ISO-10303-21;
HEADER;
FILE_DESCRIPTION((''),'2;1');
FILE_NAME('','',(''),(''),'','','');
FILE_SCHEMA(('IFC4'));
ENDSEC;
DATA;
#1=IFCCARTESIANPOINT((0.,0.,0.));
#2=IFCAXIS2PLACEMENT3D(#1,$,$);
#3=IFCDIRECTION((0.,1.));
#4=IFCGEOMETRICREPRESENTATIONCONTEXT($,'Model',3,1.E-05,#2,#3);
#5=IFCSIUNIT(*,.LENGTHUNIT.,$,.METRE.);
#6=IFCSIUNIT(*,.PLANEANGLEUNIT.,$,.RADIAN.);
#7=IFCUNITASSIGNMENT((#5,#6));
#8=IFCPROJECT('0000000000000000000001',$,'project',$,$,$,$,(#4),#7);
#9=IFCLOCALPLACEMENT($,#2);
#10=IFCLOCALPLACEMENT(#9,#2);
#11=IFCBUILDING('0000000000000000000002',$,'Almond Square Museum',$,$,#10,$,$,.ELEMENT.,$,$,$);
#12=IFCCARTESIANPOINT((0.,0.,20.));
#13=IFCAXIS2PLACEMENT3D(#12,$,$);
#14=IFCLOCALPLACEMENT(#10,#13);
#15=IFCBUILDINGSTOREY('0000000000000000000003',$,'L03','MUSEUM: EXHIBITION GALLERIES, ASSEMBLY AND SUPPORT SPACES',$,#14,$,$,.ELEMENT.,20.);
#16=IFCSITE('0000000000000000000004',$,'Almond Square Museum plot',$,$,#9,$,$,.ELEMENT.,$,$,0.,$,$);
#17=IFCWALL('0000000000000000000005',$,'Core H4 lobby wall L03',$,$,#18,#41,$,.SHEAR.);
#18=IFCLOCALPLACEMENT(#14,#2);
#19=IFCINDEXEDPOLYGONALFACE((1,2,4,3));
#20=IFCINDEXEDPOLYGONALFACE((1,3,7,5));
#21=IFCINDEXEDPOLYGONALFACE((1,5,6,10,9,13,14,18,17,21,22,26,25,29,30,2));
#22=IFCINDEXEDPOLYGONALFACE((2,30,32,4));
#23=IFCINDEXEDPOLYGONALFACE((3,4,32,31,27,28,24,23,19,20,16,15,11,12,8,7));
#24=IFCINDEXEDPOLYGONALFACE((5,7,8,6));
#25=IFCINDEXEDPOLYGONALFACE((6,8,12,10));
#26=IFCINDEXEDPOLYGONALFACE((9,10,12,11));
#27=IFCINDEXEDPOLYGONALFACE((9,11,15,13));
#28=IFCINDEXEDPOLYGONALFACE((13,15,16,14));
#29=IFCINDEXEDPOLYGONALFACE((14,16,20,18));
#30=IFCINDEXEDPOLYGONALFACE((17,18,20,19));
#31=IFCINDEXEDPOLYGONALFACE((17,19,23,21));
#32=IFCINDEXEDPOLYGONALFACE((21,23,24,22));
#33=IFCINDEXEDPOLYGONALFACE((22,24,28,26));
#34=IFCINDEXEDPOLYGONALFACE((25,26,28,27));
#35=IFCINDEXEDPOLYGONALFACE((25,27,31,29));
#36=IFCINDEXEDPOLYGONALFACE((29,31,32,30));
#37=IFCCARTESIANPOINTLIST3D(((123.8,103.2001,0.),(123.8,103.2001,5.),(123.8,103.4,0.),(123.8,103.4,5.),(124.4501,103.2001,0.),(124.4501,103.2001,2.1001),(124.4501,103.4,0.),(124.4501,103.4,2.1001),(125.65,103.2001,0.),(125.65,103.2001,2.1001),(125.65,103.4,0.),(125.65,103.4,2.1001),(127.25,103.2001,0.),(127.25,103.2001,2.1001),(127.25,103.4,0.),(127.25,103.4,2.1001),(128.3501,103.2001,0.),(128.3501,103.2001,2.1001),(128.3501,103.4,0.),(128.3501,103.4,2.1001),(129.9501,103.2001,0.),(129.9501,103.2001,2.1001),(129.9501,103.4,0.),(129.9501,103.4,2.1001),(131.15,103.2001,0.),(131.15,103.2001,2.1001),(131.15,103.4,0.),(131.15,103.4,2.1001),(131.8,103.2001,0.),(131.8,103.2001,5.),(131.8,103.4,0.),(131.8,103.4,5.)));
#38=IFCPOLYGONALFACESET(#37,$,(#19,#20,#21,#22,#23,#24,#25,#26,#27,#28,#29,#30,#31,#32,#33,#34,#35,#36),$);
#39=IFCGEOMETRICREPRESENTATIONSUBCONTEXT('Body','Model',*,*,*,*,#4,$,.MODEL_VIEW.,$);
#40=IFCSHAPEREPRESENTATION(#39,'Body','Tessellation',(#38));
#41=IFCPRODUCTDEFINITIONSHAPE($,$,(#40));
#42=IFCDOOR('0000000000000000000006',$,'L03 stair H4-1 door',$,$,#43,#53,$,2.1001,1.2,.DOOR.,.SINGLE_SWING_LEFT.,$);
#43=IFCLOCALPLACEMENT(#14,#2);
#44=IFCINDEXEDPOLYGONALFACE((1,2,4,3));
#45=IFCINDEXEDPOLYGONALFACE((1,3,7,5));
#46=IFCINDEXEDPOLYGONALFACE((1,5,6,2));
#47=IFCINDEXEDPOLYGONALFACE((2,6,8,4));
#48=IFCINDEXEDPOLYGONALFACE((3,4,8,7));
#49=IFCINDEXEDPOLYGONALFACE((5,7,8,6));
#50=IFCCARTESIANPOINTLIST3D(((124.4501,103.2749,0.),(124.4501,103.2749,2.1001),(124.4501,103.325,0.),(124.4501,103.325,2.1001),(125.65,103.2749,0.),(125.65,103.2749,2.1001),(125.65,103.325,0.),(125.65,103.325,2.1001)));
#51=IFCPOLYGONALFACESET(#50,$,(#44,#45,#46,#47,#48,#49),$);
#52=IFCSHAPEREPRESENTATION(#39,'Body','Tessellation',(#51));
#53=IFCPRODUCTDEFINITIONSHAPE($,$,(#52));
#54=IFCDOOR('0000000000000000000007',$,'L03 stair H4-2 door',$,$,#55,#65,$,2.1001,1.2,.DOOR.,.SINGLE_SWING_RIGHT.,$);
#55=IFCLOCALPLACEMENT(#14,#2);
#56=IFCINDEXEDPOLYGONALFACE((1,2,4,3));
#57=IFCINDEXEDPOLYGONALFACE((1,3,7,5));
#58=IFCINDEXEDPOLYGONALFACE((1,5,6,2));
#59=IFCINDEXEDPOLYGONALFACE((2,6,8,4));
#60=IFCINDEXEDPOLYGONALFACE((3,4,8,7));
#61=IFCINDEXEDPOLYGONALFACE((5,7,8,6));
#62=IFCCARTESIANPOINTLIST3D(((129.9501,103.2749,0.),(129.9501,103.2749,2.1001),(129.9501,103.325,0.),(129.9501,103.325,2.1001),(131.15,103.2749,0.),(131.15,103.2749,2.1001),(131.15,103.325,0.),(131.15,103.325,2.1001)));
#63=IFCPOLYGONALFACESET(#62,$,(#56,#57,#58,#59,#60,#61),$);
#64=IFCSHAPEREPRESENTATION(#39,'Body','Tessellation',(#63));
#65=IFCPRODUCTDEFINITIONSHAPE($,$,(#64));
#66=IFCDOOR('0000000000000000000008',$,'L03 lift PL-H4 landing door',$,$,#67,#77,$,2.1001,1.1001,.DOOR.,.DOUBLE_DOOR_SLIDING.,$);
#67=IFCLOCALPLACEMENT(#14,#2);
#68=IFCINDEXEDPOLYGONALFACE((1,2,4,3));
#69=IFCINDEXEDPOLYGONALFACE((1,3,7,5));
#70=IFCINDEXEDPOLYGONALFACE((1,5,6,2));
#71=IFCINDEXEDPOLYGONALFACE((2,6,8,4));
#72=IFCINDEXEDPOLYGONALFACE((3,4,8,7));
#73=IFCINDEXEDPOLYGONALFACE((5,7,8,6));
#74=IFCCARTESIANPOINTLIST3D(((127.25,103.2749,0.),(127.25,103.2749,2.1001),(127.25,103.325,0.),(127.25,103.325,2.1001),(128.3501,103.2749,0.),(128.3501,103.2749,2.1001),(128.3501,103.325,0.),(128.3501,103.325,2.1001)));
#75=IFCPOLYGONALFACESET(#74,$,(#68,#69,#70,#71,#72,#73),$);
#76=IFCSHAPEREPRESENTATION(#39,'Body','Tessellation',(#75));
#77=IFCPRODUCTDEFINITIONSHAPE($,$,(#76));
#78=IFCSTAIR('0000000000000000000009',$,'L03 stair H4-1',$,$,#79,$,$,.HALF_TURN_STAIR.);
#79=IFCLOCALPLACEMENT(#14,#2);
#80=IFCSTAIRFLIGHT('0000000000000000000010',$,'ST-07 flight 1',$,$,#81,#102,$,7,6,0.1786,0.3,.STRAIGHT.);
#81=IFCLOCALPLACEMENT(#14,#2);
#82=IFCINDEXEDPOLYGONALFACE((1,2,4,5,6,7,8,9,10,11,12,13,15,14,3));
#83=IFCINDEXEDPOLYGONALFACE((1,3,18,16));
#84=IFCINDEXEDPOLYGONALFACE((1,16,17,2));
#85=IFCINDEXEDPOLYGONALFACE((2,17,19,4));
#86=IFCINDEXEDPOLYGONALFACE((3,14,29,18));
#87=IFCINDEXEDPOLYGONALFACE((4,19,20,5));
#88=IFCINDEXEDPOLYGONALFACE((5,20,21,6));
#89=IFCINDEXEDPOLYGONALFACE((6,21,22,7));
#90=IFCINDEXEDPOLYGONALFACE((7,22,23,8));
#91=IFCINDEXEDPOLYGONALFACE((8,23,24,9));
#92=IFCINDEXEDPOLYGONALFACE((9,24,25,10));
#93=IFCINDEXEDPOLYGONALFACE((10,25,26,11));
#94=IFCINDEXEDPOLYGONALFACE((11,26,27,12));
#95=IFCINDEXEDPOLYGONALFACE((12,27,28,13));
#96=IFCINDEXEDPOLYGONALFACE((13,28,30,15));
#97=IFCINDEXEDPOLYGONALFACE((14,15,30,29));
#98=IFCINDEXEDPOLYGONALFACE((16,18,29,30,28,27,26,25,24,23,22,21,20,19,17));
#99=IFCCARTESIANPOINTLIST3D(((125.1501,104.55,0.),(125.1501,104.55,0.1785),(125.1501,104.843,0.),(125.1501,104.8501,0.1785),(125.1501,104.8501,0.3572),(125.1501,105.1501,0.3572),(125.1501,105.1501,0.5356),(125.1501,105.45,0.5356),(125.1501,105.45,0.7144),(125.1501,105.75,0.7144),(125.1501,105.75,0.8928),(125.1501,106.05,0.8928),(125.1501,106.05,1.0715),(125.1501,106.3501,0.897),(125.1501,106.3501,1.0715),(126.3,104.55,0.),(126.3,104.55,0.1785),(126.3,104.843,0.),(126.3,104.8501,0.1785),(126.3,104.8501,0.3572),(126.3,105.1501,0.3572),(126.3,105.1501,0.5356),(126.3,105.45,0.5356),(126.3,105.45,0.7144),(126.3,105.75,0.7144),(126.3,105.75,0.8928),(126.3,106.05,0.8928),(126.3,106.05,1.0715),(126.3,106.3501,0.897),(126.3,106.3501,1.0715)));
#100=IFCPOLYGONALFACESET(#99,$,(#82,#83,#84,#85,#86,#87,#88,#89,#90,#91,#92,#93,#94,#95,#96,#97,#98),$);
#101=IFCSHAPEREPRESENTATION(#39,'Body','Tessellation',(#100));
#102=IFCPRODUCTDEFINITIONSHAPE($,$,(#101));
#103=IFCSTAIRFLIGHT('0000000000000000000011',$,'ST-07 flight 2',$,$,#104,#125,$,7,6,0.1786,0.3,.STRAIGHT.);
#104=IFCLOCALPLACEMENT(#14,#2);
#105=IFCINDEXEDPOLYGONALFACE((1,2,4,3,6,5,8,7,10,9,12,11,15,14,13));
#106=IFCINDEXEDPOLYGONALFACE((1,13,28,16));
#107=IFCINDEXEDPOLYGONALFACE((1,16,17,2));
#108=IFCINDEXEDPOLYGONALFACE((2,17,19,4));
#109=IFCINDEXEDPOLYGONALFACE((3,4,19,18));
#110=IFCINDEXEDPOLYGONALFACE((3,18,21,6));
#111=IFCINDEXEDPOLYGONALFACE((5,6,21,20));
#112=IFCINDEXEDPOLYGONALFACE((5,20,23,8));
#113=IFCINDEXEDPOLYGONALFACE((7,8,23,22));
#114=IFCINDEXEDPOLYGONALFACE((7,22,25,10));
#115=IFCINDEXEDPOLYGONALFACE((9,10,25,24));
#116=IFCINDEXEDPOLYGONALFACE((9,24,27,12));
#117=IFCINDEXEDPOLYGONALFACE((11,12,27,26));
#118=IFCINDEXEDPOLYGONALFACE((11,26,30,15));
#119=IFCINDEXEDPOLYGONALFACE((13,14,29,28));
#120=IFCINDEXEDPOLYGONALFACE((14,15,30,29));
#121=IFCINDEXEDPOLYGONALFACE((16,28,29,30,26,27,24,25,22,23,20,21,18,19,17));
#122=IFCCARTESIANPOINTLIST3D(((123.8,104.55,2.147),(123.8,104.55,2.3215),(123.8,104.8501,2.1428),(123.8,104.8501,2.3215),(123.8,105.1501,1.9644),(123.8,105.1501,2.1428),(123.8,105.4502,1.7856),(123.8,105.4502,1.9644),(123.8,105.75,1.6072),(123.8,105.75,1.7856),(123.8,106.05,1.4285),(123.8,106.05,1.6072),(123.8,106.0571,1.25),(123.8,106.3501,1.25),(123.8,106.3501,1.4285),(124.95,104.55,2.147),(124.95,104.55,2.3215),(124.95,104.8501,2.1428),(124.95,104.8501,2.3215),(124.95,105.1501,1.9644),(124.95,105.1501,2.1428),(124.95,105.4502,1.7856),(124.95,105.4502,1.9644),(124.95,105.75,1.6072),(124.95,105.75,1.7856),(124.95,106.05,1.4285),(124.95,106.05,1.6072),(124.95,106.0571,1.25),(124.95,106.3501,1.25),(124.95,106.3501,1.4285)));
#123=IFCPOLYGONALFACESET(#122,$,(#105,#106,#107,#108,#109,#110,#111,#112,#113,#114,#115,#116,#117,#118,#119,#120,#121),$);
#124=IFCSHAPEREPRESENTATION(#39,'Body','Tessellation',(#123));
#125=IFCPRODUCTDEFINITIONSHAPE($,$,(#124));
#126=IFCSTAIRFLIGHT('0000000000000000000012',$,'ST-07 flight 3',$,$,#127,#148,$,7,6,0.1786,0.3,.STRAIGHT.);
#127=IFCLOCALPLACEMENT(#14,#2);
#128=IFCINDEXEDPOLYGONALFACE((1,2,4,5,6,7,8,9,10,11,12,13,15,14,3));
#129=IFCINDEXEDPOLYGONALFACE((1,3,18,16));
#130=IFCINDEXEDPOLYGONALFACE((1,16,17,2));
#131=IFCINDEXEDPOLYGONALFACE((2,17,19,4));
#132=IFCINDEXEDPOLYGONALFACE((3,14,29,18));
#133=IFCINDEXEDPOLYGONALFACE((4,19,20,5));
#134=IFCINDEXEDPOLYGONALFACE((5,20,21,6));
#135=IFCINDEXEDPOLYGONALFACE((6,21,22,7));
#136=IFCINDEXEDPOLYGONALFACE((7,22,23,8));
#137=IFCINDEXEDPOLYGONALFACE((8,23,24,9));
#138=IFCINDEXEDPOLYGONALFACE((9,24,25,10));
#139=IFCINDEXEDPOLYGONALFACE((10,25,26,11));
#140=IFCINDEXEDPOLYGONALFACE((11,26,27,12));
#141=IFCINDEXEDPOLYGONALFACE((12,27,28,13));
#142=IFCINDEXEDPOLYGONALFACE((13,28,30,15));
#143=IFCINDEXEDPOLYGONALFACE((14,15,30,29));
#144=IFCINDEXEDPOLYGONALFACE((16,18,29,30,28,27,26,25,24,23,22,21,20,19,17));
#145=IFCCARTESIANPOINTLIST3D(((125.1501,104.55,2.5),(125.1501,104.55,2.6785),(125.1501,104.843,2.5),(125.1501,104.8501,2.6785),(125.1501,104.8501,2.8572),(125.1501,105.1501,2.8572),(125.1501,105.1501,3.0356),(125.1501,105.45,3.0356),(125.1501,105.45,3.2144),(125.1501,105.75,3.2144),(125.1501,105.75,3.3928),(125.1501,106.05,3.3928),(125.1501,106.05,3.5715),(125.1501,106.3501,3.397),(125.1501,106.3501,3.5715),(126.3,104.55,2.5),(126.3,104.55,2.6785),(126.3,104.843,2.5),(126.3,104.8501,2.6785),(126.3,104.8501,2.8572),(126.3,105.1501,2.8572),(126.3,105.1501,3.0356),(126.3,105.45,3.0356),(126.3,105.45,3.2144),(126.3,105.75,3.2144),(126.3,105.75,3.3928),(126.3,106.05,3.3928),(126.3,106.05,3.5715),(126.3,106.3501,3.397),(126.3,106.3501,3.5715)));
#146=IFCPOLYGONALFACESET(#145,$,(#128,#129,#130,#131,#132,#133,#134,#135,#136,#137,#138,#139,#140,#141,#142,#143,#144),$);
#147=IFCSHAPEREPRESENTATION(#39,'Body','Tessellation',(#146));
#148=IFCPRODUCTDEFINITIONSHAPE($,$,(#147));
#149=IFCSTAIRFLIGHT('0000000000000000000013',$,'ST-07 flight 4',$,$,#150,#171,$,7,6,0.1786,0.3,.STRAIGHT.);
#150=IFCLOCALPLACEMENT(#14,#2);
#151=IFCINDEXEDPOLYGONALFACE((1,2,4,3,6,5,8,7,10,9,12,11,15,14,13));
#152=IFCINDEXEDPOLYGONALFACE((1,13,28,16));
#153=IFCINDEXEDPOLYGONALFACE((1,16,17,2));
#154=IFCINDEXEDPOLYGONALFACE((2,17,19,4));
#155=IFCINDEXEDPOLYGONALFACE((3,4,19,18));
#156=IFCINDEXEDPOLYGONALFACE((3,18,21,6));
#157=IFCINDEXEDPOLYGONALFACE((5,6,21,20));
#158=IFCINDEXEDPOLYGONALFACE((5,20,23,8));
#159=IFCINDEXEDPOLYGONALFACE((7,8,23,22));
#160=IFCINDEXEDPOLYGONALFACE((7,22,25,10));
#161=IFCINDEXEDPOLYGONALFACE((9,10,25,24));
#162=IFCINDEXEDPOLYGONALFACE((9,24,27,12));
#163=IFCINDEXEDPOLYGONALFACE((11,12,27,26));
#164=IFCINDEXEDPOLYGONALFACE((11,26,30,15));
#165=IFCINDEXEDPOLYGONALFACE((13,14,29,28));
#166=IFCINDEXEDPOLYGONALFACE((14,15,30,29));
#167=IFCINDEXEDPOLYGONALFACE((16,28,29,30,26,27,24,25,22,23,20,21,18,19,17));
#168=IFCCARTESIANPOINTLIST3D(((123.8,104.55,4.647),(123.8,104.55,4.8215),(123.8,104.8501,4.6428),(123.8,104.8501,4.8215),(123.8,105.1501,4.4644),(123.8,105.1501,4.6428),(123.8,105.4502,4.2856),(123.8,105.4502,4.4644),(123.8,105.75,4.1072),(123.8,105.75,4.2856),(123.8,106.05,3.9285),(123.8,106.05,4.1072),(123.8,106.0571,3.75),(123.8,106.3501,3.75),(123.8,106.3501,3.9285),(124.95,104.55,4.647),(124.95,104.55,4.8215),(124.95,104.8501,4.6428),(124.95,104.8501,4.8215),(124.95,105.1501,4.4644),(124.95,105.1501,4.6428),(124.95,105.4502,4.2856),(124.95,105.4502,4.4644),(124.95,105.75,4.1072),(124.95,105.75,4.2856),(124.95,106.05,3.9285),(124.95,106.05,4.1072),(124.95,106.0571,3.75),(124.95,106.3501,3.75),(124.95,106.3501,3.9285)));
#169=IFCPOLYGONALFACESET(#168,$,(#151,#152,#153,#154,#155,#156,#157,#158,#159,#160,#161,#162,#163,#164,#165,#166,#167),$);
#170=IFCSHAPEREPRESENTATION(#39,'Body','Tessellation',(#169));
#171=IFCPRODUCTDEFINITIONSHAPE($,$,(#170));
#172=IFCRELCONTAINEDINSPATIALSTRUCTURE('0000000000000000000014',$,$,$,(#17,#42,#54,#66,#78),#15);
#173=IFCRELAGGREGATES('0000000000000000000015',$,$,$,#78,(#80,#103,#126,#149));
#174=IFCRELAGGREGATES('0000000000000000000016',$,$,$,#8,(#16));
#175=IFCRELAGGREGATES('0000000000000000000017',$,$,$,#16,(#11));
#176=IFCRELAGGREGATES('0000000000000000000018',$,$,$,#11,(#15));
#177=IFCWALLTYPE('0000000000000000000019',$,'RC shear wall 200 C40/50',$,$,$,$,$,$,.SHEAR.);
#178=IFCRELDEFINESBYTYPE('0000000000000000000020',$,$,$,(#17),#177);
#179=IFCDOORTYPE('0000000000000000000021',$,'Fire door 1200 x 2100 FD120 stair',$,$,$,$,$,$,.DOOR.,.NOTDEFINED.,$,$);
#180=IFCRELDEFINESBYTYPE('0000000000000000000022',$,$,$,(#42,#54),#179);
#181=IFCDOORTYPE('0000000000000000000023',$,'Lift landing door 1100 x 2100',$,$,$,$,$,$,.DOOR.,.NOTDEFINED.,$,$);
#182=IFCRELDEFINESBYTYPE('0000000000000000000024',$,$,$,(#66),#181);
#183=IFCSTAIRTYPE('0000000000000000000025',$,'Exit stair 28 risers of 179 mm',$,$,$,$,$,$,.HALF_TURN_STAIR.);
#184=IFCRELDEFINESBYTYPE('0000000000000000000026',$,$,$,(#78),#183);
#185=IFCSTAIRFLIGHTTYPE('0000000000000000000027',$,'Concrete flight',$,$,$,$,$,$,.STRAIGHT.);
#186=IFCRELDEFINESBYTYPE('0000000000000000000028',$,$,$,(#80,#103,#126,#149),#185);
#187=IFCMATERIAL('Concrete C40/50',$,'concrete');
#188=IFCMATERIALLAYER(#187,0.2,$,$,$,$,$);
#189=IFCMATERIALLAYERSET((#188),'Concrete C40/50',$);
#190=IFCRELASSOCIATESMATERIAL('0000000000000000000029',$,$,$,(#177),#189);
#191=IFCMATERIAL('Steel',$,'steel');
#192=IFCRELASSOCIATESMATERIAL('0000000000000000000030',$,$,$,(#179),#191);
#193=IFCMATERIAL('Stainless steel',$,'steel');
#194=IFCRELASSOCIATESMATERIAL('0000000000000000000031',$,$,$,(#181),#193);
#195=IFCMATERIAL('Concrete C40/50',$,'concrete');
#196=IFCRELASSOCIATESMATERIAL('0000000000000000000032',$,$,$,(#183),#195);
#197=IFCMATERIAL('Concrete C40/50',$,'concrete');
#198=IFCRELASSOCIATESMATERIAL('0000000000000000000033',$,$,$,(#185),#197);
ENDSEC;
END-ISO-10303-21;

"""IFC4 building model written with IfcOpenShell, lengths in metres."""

from ifc_helpers import new_model, si_unit, direction, frame, frame_2d, origin, place, context, subcontext, project, spatial, polyline, rectangle, outline, extrude, material, layer, layer_set, type_object, element, fill, aggregate, save


model = new_model("IFC4")

# Units and contexts
model_context = context("Model", 3, precision=1e-05, world=origin(), true_north=direction((0.0, 1.0)))
body_context = subcontext(model_context, "Body", "Model", "MODEL_VIEW")
ifc_project = project(units=[si_unit("LENGTHUNIT", "METRE"), si_unit("PLANEANGLEUNIT", "RADIAN")], contexts=[model_context])

# Site, building, storey
site_placement = place(None, origin())
site = spatial("IfcSite", under=ifc_project, at=site_placement, Name="Almond Square Museum plot", CompositionType="ELEMENT", RefElevation=0.0)
building_placement = place(site_placement, origin())
building = spatial("IfcBuilding", under=site, at=building_placement, Name="Almond Square Museum", CompositionType="ELEMENT")
storey_placement = place(building_placement, frame((0.0, 0.0, 20.0)))
storey = spatial("IfcBuildingStorey", under=building, at=storey_placement, Name="L03", Description="MUSEUM: EXHIBITION GALLERIES, ASSEMBLY AND SUPPORT SPACES", CompositionType="ELEMENT", Elevation=20.0)

# Shared definitions
ifc_material_1 = material(Name="Concrete C40/50", Category="concrete")
ifc_layer = layer(ifc_material_1, 0.2)
ifc_layer_set = layer_set([ifc_layer], Name="Concrete C40/50")
wall_type = type_object("IfcWallType", Name="RC shear wall 200 C40/50", PredefinedType="SHEAR", material=ifc_layer_set)

# Wall, openings, doors
wall_1_placement = place(storey_placement, frame((123.8, 103.3, 0.0), z_axis=(0.0, 0.0, 1.0), x_axis=(1.0, 0.0, 0.0)))
wall_1 = element("IfcWall", 1, at=wall_1_placement, inside=storey, type_object=wall_type, Name="Core H4 lobby wall L03", PredefinedType="SHEAR", context=body_context, shape_type="SweptSolid", body=[
    extrude(rectangle(XDim=8.0, YDim=0.2, at=frame_2d((4.0, 0.0))), origin(), (0.0, 0.0, 1.0), 5.0),
])
opening_1_placement = place(wall_1_placement, frame((0.6499, 0.0, 0.0)))
opening_1 = element("IfcOpeningElement", 2, at=opening_1_placement, cuts=wall_1, PredefinedType="OPENING", context=body_context, shape_type="SweptSolid", body=[
    extrude(rectangle(XDim=1.2, YDim=2.1001, at=frame_2d((0.6001, 1.05))), frame((0.0, 0.1099, 0.0), z_axis=(0.0, -1.0, 0.0), x_axis=(1.0, 0.0, 0.0)), (0.0, 0.0, 1.0), 0.22),
])
opening_2_placement = place(wall_1_placement, frame((6.1499, 0.0, 0.0)))
opening_2 = element("IfcOpeningElement", 3, at=opening_2_placement, cuts=wall_1, PredefinedType="OPENING", context=body_context, shape_type="SweptSolid", body=[
    extrude(rectangle(XDim=1.2, YDim=2.1001, at=frame_2d((0.6001, 1.05))), frame((0.0, 0.1099, 0.0), z_axis=(0.0, -1.0, 0.0), x_axis=(1.0, 0.0, 0.0)), (0.0, 0.0, 1.0), 0.22),
])
opening_3_placement = place(wall_1_placement, frame((3.45, 0.0, 0.0)))
opening_3 = element("IfcOpeningElement", 4, at=opening_3_placement, cuts=wall_1, PredefinedType="OPENING", context=body_context, shape_type="SweptSolid", body=[
    extrude(rectangle(XDim=1.1001, YDim=2.1001, at=frame_2d((0.55, 1.05))), frame((0.0, 0.1099, 0.0), z_axis=(0.0, -1.0, 0.0), x_axis=(1.0, 0.0, 0.0)), (0.0, 0.0, 1.0), 0.22),
])
ifc_material_2 = material(Name="Steel", Category="steel")
door_type_1 = type_object("IfcDoorType", Name="Fire door 1200 x 2100 FD120 stair", OperationType="NOTDEFINED", PredefinedType="DOOR", material=ifc_material_2)
door_1_placement = place(opening_1_placement, origin())
door_1 = element("IfcDoor", 5, at=door_1_placement, inside=storey, type_object=door_type_1, Name="L03 stair H4-1 door", OperationType="SINGLE_SWING_LEFT", OverallHeight=2.1001, OverallWidth=1.2, PredefinedType="DOOR", context=body_context, shape_type="SweptSolid", body=[
    extrude(rectangle(XDim=1.2, YDim=2.1001, at=frame_2d((0.6001, 1.05))), frame((0.0, 0.0249, 0.0), z_axis=(0.0, -1.0, 0.0), x_axis=(1.0, 0.0, 0.0)), (0.0, 0.0, 1.0), 0.05),
])
fill(opening_1, door_1)
door_2_placement = place(opening_2_placement, origin())
door_2 = element("IfcDoor", 6, at=door_2_placement, inside=storey, type_object=door_type_1, Name="L03 stair H4-2 door", OperationType="SINGLE_SWING_RIGHT", OverallHeight=2.1001, OverallWidth=1.2, PredefinedType="DOOR", context=body_context, shape_type="SweptSolid", body=[
    extrude(rectangle(XDim=1.2, YDim=2.1001, at=frame_2d((0.6001, 1.05))), frame((0.0, 0.0249, 0.0), z_axis=(0.0, -1.0, 0.0), x_axis=(1.0, 0.0, 0.0)), (0.0, 0.0, 1.0), 0.05),
])
fill(opening_2, door_2)
ifc_material_3 = material(Name="Stainless steel", Category="steel")
door_type_2 = type_object("IfcDoorType", Name="Lift landing door 1100 x 2100", OperationType="NOTDEFINED", PredefinedType="DOOR", material=ifc_material_3)
door_3_placement = place(opening_3_placement, origin())
door_3 = element("IfcDoor", 7, at=door_3_placement, inside=storey, type_object=door_type_2, Name="L03 lift PL-H4 landing door", OperationType="DOUBLE_DOOR_SLIDING", OverallHeight=2.1001, OverallWidth=1.1001, PredefinedType="DOOR", context=body_context, shape_type="SweptSolid", body=[
    extrude(rectangle(XDim=1.1001, YDim=2.1001, at=frame_2d((0.55, 1.05))), frame((0.0, 0.0249, 0.0), z_axis=(0.0, -1.0, 0.0), x_axis=(1.0, 0.0, 0.0)), (0.0, 0.0, 1.0), 0.05),
])
fill(opening_3, door_3)

# Stair, stair flights
ifc_material_4 = material(Name="Concrete C40/50", Category="concrete")
stair_type = type_object("IfcStairType", Name="Exit stair 28 risers of 179 mm", PredefinedType="HALF_TURN_STAIR", material=ifc_material_4)
stair_placement = place(storey_placement, origin())
stair = element("IfcStair", 8, at=stair_placement, inside=storey, type_object=stair_type, Name="L03 stair H4-1", PredefinedType="HALF_TURN_STAIR")
ifc_material_5 = material(Name="Concrete C40/50", Category="concrete")
stair_flight_type = type_object("IfcStairFlightType", Name="Concrete flight", PredefinedType="STRAIGHT", material=ifc_material_5)
stair_flight_1_placement = place(storey_placement, frame((125.7251, 104.55, 0.0), z_axis=(0.0, 0.0, 1.0), x_axis=(0.0, 1.0, 0.0)))
stair_flight_1 = element("IfcStairFlight", 9, at=stair_flight_1_placement, type_object=stair_flight_type, Name="ST-07 flight 1", NumberOfRisers=7, NumberOfTreads=6, PredefinedType="STRAIGHT", RiserHeight=0.1786, TreadLength=0.3, context=body_context, shape_type="SweptSolid", body=[
    extrude(outline(polyline([(0.0, 0.0), (0.0, 0.1785), (0.3, 0.1785), (0.3, 0.3572), (0.6001, 0.3572), (0.6001, 0.5356), (0.8999, 0.5356), (0.8999, 0.7144), (1.2, 0.7144), (1.2, 0.8928), (1.5, 0.8928), (1.5, 1.0715), (1.8, 1.0715), (1.8, 1.25), (1.8, 0.897), (0.293, 0.0), (0.0, 0.0)])), frame((0.0, 0.575, 0.0), z_axis=(0.0, -1.0, 0.0), x_axis=(1.0, 0.0, 0.0)), (0.0, 0.0, 1.0), 1.1499),
])
stair_flight_2_placement = place(storey_placement, frame((124.375, 106.3501, 1.25), z_axis=(0.0, 0.0, 1.0), x_axis=(0.0, -1.0, 0.0)))
stair_flight_2 = element("IfcStairFlight", 10, at=stair_flight_2_placement, type_object=stair_flight_type, Name="ST-07 flight 2", NumberOfRisers=7, NumberOfTreads=6, PredefinedType="STRAIGHT", RiserHeight=0.1786, TreadLength=0.3, context=body_context, shape_type="SweptSolid", body=[
    extrude(outline(polyline([(0.0, 0.0), (0.0, 0.1785), (0.3, 0.1785), (0.3, 0.3572), (0.6001, 0.3572), (0.6001, 0.5356), (0.8999, 0.5356), (0.8999, 0.7144), (1.2, 0.7144), (1.2, 0.8928), (1.5, 0.8928), (1.5, 1.0715), (1.8, 1.0715), (1.8, 1.25), (1.8, 0.897), (0.293, 0.0), (0.0, 0.0)])), frame((0.0, 0.575, 0.0), z_axis=(0.0, -1.0, 0.0), x_axis=(1.0, 0.0, 0.0)), (0.0, 0.0, 1.0), 1.1499),
])
stair_flight_3_placement = place(storey_placement, frame((125.7251, 104.55, 2.5), z_axis=(0.0, 0.0, 1.0), x_axis=(0.0, 1.0, 0.0)))
stair_flight_3 = element("IfcStairFlight", 11, at=stair_flight_3_placement, type_object=stair_flight_type, Name="ST-07 flight 3", NumberOfRisers=7, NumberOfTreads=6, PredefinedType="STRAIGHT", RiserHeight=0.1786, TreadLength=0.3, context=body_context, shape_type="SweptSolid", body=[
    extrude(outline(polyline([(0.0, 0.0), (0.0, 0.1785), (0.3, 0.1785), (0.3, 0.3572), (0.6001, 0.3572), (0.6001, 0.5356), (0.8999, 0.5356), (0.8999, 0.7144), (1.2, 0.7144), (1.2, 0.8928), (1.5, 0.8928), (1.5, 1.0715), (1.8, 1.0715), (1.8, 1.25), (1.8, 0.897), (0.293, 0.0), (0.0, 0.0)])), frame((0.0, 0.575, 0.0), z_axis=(0.0, -1.0, 0.0), x_axis=(1.0, 0.0, 0.0)), (0.0, 0.0, 1.0), 1.1499),
])
stair_flight_4_placement = place(storey_placement, frame((124.375, 106.3501, 3.75), z_axis=(0.0, 0.0, 1.0), x_axis=(0.0, -1.0, 0.0)))
stair_flight_4 = element("IfcStairFlight", 12, at=stair_flight_4_placement, type_object=stair_flight_type, Name="ST-07 flight 4", NumberOfRisers=7, NumberOfTreads=6, PredefinedType="STRAIGHT", RiserHeight=0.1786, TreadLength=0.3, context=body_context, shape_type="SweptSolid", body=[
    extrude(outline(polyline([(0.0, 0.0), (0.0, 0.1785), (0.3, 0.1785), (0.3, 0.3572), (0.6001, 0.3572), (0.6001, 0.5356), (0.8999, 0.5356), (0.8999, 0.7144), (1.2, 0.7144), (1.2, 0.8928), (1.5, 0.8928), (1.5, 1.0715), (1.8, 1.0715), (1.8, 1.25), (1.8, 0.897), (0.293, 0.0), (0.0, 0.0)])), frame((0.0, 0.575, 0.0), z_axis=(0.0, -1.0, 0.0), x_axis=(1.0, 0.0, 0.0)), (0.0, 0.0, 1.0), 1.1499),
])
aggregate(stair, [stair_flight_1, stair_flight_2, stair_flight_3, stair_flight_4])

save(model, "model.ifc")
